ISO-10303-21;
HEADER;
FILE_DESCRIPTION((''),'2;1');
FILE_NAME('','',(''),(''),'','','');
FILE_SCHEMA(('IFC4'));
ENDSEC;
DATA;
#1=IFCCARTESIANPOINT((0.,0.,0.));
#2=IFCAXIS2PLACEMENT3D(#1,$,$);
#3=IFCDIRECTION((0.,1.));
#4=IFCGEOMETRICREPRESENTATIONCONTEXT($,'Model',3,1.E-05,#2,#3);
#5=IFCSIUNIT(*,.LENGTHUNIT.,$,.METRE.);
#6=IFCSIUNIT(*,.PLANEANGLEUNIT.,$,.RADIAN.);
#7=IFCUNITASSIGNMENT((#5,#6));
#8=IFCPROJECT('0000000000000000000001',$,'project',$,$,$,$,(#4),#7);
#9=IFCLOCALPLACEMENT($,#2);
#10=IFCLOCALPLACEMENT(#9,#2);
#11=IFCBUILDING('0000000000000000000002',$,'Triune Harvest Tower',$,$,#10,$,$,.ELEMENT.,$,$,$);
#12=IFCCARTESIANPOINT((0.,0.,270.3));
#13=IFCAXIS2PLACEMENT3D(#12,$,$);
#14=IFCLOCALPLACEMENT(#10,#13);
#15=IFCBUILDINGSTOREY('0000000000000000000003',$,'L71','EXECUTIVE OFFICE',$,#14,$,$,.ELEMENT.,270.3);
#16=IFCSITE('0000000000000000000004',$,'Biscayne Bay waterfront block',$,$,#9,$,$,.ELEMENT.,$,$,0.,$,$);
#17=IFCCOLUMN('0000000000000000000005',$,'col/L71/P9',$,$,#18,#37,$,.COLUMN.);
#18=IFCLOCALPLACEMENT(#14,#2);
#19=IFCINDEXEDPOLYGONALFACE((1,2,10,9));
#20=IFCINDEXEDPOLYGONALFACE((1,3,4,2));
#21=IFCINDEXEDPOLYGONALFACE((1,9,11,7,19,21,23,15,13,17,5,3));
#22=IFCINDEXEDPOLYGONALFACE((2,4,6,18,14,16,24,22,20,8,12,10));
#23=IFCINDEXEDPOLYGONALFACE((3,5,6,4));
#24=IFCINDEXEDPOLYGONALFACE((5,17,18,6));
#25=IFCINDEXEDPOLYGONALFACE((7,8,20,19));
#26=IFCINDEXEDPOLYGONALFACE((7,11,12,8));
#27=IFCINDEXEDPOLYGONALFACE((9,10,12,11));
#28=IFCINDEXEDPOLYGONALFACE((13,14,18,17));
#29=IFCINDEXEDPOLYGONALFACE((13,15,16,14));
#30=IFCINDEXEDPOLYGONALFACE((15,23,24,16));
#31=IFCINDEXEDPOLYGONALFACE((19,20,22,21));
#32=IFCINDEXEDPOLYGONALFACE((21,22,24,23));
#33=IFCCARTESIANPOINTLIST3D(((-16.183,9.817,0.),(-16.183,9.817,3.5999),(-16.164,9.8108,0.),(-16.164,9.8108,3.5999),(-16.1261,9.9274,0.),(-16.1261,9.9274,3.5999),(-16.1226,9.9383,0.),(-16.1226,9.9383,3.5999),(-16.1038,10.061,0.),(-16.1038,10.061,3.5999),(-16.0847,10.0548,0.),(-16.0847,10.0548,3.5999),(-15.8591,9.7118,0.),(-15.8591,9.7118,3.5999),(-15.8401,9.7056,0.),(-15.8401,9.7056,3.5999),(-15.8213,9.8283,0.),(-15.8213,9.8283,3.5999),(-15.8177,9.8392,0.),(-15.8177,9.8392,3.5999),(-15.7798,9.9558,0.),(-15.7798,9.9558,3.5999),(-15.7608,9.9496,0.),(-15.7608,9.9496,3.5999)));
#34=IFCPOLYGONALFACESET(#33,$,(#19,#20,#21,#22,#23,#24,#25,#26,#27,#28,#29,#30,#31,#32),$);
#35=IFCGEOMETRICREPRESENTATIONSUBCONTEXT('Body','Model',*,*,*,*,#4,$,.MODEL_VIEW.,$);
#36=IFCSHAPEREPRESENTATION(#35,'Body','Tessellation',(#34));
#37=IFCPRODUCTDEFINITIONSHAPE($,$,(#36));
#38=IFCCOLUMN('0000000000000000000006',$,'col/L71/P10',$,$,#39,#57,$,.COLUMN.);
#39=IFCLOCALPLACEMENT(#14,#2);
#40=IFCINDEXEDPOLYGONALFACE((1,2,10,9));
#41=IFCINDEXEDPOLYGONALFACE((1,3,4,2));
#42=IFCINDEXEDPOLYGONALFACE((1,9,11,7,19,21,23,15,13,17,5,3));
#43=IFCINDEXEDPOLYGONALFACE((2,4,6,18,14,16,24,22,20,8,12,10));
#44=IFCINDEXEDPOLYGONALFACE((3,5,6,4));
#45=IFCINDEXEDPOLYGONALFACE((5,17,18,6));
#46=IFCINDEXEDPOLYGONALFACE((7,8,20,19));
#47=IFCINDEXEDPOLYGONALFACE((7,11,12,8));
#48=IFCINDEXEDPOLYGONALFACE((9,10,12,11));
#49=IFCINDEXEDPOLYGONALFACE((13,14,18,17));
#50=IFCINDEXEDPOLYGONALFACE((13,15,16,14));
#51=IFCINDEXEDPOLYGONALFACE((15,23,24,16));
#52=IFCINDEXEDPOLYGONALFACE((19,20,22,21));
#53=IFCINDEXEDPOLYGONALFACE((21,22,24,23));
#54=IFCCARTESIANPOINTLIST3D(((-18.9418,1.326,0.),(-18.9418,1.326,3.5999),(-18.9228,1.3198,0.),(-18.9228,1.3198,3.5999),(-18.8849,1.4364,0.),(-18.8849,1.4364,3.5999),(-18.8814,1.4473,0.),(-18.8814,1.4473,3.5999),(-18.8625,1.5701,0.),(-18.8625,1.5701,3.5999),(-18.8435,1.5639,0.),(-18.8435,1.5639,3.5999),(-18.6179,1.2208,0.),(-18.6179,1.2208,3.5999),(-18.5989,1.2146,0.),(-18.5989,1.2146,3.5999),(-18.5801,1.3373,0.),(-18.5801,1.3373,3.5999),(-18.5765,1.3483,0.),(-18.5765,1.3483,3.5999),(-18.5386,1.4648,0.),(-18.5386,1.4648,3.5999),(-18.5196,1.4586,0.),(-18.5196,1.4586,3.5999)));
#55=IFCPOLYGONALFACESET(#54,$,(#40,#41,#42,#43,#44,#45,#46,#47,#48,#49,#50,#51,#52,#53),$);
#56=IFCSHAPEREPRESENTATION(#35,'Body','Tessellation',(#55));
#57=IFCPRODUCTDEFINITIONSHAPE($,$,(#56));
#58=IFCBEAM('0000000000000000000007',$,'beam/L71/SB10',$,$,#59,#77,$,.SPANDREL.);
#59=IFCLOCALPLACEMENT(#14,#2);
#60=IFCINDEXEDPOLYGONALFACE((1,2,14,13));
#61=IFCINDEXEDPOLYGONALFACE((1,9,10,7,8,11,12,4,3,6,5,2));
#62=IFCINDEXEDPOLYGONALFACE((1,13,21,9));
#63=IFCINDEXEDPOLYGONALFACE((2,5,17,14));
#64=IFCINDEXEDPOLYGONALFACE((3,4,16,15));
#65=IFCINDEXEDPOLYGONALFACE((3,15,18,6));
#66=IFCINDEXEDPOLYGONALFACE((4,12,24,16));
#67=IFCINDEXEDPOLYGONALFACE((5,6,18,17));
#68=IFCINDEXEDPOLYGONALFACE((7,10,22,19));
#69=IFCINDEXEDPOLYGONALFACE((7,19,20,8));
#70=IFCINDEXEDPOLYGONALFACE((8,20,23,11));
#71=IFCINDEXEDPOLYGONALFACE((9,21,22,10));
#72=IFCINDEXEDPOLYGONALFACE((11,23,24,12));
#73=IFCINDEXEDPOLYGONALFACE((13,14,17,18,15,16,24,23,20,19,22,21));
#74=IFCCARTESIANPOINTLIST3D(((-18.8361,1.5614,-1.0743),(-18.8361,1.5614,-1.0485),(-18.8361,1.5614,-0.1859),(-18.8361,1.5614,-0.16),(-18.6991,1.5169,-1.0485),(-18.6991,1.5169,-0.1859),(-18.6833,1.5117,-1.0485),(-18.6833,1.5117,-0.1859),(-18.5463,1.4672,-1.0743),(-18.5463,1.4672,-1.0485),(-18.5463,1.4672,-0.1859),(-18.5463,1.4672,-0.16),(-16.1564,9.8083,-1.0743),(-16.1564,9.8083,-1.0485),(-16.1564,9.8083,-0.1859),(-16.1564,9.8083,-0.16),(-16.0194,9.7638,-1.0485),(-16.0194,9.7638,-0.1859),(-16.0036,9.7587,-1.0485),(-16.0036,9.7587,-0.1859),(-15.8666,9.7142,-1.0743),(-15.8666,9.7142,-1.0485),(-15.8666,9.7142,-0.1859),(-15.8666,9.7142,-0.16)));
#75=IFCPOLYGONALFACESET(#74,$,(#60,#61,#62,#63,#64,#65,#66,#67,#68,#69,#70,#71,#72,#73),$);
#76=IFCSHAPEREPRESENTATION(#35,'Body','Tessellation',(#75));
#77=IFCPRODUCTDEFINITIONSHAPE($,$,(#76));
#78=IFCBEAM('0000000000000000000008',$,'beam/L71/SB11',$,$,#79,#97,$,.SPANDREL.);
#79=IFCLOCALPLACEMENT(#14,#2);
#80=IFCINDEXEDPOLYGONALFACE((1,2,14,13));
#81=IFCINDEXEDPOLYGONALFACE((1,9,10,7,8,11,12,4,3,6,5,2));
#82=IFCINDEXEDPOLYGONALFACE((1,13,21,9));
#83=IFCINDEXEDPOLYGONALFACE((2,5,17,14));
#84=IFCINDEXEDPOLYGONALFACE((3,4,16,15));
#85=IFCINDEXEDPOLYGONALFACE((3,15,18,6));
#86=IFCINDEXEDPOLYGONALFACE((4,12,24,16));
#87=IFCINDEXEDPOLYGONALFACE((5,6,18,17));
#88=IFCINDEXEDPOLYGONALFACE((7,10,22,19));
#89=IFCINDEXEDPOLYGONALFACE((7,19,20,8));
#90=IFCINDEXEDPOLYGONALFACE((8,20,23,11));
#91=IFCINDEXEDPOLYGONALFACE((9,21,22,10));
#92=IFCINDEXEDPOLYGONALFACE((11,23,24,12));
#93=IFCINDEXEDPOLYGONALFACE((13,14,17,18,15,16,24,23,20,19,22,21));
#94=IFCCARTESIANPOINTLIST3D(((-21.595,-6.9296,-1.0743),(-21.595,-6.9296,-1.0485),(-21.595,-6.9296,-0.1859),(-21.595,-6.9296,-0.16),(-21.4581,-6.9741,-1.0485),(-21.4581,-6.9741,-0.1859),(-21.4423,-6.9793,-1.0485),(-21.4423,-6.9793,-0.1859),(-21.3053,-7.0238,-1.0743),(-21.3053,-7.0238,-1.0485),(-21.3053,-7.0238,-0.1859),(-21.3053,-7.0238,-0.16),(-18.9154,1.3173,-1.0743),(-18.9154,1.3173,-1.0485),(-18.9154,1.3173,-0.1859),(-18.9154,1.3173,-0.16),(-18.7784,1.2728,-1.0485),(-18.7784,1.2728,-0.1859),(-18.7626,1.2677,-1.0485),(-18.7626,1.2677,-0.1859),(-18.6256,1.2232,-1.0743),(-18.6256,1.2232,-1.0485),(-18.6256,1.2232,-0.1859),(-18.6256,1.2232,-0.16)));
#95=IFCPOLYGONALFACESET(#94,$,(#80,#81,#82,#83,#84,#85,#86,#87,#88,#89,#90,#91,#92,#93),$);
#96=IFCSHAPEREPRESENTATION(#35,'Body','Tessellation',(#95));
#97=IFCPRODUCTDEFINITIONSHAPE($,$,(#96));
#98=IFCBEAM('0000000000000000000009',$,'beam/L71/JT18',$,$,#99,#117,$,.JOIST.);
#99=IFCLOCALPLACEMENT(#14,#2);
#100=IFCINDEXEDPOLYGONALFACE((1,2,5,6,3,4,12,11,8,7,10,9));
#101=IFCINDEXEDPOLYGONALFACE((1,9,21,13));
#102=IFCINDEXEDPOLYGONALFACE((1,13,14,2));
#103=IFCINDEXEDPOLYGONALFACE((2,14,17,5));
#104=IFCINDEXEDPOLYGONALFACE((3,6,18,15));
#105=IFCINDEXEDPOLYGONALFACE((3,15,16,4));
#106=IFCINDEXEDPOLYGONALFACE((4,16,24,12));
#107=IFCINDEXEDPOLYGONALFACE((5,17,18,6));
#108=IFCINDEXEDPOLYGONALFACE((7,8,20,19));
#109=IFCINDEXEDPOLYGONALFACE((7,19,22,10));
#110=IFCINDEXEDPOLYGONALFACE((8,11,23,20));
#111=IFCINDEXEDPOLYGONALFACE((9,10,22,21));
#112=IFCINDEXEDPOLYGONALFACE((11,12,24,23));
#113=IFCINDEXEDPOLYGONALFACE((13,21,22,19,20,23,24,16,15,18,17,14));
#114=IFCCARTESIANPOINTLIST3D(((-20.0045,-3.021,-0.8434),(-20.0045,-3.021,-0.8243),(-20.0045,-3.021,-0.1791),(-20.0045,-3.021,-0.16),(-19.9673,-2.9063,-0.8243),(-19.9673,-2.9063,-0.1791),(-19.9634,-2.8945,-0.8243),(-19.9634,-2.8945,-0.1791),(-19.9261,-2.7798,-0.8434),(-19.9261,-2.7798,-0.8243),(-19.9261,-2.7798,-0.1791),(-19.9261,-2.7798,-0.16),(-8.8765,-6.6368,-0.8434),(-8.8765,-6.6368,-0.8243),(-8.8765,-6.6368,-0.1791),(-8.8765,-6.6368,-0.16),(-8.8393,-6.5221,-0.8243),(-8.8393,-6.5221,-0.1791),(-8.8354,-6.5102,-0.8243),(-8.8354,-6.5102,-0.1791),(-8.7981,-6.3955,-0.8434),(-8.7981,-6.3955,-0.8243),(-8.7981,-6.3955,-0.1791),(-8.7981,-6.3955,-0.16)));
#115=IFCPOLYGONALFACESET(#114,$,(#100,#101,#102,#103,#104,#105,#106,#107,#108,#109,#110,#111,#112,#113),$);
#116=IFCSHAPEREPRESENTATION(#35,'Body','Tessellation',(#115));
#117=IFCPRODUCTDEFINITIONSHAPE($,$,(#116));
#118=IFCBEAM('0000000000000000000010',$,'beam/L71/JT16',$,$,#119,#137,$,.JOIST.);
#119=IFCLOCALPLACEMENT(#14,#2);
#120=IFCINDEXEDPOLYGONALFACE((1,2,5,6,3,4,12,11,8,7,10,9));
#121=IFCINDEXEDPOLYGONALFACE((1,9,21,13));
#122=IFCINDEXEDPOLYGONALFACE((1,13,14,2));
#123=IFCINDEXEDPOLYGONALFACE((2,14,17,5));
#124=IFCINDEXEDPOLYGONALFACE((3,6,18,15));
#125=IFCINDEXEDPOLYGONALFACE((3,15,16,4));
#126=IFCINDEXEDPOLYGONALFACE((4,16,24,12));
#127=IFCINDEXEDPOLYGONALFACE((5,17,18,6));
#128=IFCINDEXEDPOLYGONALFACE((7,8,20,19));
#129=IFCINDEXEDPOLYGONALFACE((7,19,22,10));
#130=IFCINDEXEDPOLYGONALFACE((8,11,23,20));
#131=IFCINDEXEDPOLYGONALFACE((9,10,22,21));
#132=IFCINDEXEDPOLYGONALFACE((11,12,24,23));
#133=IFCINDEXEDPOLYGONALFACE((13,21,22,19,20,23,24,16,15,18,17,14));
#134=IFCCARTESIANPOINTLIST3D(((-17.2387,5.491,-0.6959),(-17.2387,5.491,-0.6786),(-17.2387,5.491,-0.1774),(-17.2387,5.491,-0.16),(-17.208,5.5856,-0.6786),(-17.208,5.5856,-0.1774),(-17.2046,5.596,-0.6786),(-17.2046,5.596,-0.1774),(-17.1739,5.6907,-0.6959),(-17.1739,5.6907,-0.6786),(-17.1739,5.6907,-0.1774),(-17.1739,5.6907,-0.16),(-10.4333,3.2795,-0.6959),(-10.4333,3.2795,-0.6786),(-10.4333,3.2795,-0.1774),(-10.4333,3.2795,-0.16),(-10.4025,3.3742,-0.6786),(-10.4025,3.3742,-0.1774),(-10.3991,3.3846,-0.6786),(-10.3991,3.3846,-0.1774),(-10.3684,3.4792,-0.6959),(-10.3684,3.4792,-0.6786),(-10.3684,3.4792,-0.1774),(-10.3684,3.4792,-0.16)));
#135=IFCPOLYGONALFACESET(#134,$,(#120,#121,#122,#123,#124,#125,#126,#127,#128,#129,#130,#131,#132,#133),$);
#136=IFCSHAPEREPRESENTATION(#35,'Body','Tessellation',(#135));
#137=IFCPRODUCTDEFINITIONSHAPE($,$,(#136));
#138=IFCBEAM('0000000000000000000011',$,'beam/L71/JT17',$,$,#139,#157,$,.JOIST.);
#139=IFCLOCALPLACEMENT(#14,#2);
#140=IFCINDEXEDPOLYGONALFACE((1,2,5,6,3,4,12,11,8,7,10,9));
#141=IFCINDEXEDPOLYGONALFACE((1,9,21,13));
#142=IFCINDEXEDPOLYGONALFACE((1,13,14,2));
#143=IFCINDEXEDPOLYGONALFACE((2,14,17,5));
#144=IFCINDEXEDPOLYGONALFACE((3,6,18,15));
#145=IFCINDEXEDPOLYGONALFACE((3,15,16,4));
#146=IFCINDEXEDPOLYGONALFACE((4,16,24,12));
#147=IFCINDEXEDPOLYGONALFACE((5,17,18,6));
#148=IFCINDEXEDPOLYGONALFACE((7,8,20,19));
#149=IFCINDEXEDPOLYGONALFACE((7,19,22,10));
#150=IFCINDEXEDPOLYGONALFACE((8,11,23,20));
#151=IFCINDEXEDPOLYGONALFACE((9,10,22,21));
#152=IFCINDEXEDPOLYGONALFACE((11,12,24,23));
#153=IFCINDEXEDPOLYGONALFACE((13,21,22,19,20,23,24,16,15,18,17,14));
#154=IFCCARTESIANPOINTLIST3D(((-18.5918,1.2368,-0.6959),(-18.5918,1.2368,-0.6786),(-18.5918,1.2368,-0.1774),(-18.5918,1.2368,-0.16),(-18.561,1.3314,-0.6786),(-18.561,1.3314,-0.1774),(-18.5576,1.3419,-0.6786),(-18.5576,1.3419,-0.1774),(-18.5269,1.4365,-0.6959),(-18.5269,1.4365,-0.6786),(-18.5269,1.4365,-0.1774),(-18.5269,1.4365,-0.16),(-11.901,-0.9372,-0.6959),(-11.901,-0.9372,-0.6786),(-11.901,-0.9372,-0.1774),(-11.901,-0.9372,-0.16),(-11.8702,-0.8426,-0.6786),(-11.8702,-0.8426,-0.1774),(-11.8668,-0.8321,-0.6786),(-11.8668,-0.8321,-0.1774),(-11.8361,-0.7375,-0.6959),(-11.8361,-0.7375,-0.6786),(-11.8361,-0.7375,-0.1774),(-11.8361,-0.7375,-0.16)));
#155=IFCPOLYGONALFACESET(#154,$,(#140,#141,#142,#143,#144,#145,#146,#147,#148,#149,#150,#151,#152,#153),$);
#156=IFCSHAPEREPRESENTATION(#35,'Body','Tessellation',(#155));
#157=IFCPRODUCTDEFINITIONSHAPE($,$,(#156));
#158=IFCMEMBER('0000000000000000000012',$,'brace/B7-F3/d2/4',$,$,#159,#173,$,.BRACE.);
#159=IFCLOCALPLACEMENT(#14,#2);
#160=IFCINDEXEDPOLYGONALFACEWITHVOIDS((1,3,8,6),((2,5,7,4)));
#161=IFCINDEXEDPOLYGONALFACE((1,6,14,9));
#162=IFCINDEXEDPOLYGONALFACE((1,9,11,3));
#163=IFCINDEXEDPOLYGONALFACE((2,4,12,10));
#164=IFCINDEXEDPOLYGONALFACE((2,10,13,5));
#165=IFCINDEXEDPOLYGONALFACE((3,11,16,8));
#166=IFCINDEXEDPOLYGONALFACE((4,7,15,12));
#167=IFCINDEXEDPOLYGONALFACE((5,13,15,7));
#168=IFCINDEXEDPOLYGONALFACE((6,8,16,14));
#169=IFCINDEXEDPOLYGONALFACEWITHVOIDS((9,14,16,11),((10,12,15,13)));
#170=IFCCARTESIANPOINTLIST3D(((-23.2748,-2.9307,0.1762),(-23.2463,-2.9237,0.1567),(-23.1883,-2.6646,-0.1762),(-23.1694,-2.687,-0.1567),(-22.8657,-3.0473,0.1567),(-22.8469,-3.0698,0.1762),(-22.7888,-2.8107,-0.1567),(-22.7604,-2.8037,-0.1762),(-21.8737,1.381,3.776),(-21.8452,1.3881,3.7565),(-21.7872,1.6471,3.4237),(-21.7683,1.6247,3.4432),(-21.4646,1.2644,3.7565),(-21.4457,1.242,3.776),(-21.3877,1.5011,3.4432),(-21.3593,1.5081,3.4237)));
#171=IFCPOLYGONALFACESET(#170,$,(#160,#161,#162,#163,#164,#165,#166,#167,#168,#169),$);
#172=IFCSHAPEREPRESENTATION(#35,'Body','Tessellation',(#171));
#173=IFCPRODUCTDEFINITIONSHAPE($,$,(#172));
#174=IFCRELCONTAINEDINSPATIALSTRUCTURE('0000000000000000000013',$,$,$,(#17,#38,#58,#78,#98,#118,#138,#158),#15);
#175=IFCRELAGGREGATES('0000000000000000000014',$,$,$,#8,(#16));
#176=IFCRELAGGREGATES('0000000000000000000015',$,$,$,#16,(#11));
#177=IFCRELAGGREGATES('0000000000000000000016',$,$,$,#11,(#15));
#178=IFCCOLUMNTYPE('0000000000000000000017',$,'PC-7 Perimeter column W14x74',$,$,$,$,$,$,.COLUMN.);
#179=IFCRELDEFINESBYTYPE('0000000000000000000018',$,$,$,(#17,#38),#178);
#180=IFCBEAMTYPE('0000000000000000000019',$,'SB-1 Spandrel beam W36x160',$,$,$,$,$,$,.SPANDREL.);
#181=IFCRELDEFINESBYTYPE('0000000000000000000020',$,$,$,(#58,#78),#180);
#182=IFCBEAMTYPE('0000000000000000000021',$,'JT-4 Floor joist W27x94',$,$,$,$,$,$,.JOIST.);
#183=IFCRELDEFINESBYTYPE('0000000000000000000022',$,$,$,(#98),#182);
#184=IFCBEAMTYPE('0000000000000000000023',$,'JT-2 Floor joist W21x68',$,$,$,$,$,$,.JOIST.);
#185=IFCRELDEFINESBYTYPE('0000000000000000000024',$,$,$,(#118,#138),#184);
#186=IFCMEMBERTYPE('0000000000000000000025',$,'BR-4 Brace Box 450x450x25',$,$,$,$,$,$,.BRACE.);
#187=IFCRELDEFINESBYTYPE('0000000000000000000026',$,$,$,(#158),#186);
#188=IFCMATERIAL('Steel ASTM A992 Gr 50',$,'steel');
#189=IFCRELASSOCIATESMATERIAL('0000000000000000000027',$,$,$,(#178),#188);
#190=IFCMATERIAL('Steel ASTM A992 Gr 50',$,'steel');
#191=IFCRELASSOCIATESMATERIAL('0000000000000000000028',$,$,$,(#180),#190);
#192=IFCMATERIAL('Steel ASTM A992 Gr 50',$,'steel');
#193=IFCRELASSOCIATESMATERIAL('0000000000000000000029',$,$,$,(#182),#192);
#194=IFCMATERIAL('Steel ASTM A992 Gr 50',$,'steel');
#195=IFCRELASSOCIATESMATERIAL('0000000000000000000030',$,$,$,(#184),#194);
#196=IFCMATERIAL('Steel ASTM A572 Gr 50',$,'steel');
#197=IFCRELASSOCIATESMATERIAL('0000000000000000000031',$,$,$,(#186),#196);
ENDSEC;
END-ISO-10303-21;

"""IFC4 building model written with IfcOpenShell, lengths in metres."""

from ifc_helpers import new_model, si_unit, direction, frame, origin, origin_2d, place, context, subcontext, project, spatial, hollow_rectangle, i_section, extrude, source, transform, mapped, material, material_profile, profile_set, type_object, element, save


model = new_model("IFC4")

# Units and contexts
model_context = context("Model", 3, precision=1e-05, world=origin(), true_north=direction((0.0, 1.0)))
body_context = subcontext(model_context, "Body", "Model", "MODEL_VIEW")
ifc_project = project(units=[si_unit("LENGTHUNIT", "METRE"), si_unit("PLANEANGLEUNIT", "RADIAN")], contexts=[model_context])

# Site, building, storey
site_placement = place(None, origin())
site = spatial("IfcSite", under=ifc_project, at=site_placement, Name="Biscayne Bay waterfront block", CompositionType="ELEMENT", RefElevation=0.0)
building_placement = place(site_placement, origin())
building = spatial("IfcBuilding", under=site, at=building_placement, Name="Triune Harvest Tower", CompositionType="ELEMENT")
storey_placement = place(building_placement, frame((0.0, 0.0, 270.3)))
storey = spatial("IfcBuildingStorey", under=building, at=storey_placement, Name="L71", Description="EXECUTIVE OFFICE", CompositionType="ELEMENT", Elevation=270.3)

# Columns
ifc_material_1 = material(Name="Steel ASTM A992 Gr 50", Category="steel")
ifc_material_profile_1 = material_profile(ifc_material_1, i_section(OverallWidth=0.2566, OverallDepth=0.3606, WebThickness=0.0115, FlangeThickness=0.02, at=origin_2d()), Name="W14x74")
ifc_profile_set_1 = profile_set([ifc_material_profile_1], Name="Steel ASTM A992 Gr 50")
column_type = type_object("IfcColumnType", Name="PC-7 Perimeter column W14x74", PredefinedType="COLUMN", material=ifc_profile_set_1)
shared_shape_1 = source(origin(), body_context, "Body", "SweptSolid", [
    extrude(i_section(OverallWidth=0.2566, OverallDepth=0.3606, WebThickness=0.0115, FlangeThickness=0.02, at=origin_2d()), origin(), (0.0, 0.0, 1.0), 3.5999),
])
for number, where, z_axis, x_axis, name in (
    (1, (-15.9719, 9.8833, 0.0), (0.0, 0.0, 1.0), (-0.309015, -0.951057, 0.0), "col/L71/P9"),
    (2, (-18.7307, 1.3923, 0.0), (0.0, 0.0, 1.0), (-0.309015, -0.951057, 0.0), "col/L71/P10"),
):
    element("IfcColumn", number, at=place(storey_placement, frame(where, z_axis=z_axis, x_axis=x_axis)), inside=storey, type_object=column_type, Name=name, PredefinedType="COLUMN", context=body_context, shape_type="MappedRepresentation", body=[
        mapped(shared_shape_1, transform((0.0, 0.0, 0.0), scale=1.0)),
    ])

# Beams
ifc_material_2 = material(Name="Steel ASTM A992 Gr 50", Category="steel")
ifc_material_profile_2 = material_profile(ifc_material_2, i_section(OverallWidth=0.3047, OverallDepth=0.9143, WebThickness=0.0166, FlangeThickness=0.0259, at=origin_2d()), Name="W36x160")
ifc_profile_set_2 = profile_set([ifc_material_profile_2], Name="Steel ASTM A992 Gr 50")
beam_type_1 = type_object("IfcBeamType", Name="SB-1 Spandrel beam W36x160", PredefinedType="SPANDREL", material=ifc_profile_set_2)
shared_shape_2 = source(origin(), body_context, "Body", "SweptSolid", [
    extrude(i_section(OverallWidth=0.3047, OverallDepth=0.9143, WebThickness=0.0166, FlangeThickness=0.0259, at=origin_2d()), origin(), (0.0, 0.0, 1.0), 8.6714),
])
for number, where, z_axis, x_axis, name in (
    (3, (-16.0115, 9.7612, -0.6172), (-0.309031, -0.951052, 0.0), (0.951052, -0.309031, 0.0), "beam/L71/SB10"),
    (4, (-18.7705, 1.2703, -0.6172), (-0.309022, -0.951055, 0.0), (0.951055, -0.309022, 0.0), "beam/L71/SB11"),
):
    element("IfcBeam", number, at=place(storey_placement, frame(where, z_axis=z_axis, x_axis=x_axis)), inside=storey, type_object=beam_type_1, Name=name, PredefinedType="SPANDREL", context=body_context, shape_type="MappedRepresentation", body=[
        mapped(shared_shape_2, transform((0.0, 0.0, 0.0), scale=1.0)),
    ])
ifc_material_3 = material(Name="Steel ASTM A992 Gr 50", Category="steel")
ifc_material_profile_3 = material_profile(ifc_material_3, i_section(OverallWidth=0.2537, OverallDepth=0.6833, WebThickness=0.0125, FlangeThickness=0.019, at=origin_2d()), Name="W27x94")
ifc_profile_set_3 = profile_set([ifc_material_profile_3], Name="Steel ASTM A992 Gr 50")
beam_type_2 = type_object("IfcBeamType", Name="JT-4 Floor joist W27x94", PredefinedType="JOIST", material=ifc_profile_set_3)
shared_shape_3 = source(origin(), body_context, "Body", "SweptSolid", [
    extrude(i_section(OverallWidth=0.2537, OverallDepth=0.6833, WebThickness=0.0125, FlangeThickness=0.019, at=origin_2d()), origin(), (0.0, 0.0, 1.0), 11.7007),
])
beam_1_placement = place(storey_placement, frame((-19.9653, -2.9004, -0.5017), z_axis=(0.951056, -0.30902, 0.0), x_axis=(0.30902, 0.951056, 0.0)))
element("IfcBeam", 5, at=beam_1_placement, inside=storey, type_object=beam_type_2, Name="beam/L71/JT18", PredefinedType="JOIST", context=body_context, shape_type="MappedRepresentation", body=[
    mapped(shared_shape_3, transform((0.0, 0.0, 0.0), scale=1.0)),
])
ifc_material_4 = material(Name="Steel ASTM A992 Gr 50", Category="steel")
ifc_material_profile_4 = material_profile(ifc_material_4, i_section(OverallWidth=0.21, OverallDepth=0.5359, WebThickness=0.011, FlangeThickness=0.0173, at=origin_2d()), Name="W21x68")
ifc_profile_set_4 = profile_set([ifc_material_profile_4], Name="Steel ASTM A992 Gr 50")
beam_type_3 = type_object("IfcBeamType", Name="JT-2 Floor joist W21x68", PredefinedType="JOIST", material=ifc_profile_set_4)
shared_shape_4 = source(origin(), body_context, "Body", "SweptSolid", [
    extrude(i_section(OverallWidth=0.21, OverallDepth=0.5359, WebThickness=0.011, FlangeThickness=0.0173, at=origin_2d()), origin(), (0.0, 0.0, 1.0), 7.1558),
])
beam_2_placement = place(storey_placement, frame((-17.2063, 5.5908, -0.428), z_axis=(0.951048, -0.309044, 0.0), x_axis=(0.309044, 0.951048, 0.0)))
element("IfcBeam", 6, at=beam_2_placement, inside=storey, type_object=beam_type_3, Name="beam/L71/JT16", PredefinedType="JOIST", context=body_context, shape_type="MappedRepresentation", body=[
    mapped(shared_shape_4, transform((0.0, 0.0, 0.0), scale=1.0)),
])
shared_shape_5 = source(origin(), body_context, "Body", "SweptSolid", [
    extrude(i_section(OverallWidth=0.21, OverallDepth=0.5359, WebThickness=0.011, FlangeThickness=0.0173, at=origin_2d()), origin(), (0.0, 0.0, 1.0), 7.0352),
])
beam_3_placement = place(storey_placement, frame((-18.5593, 1.3367, -0.428), z_axis=(0.951054, -0.309025, 0.0), x_axis=(0.309025, 0.951054, 0.0)))
element("IfcBeam", 7, at=beam_3_placement, inside=storey, type_object=beam_type_3, Name="beam/L71/JT17", PredefinedType="JOIST", context=body_context, shape_type="MappedRepresentation", body=[
    mapped(shared_shape_5, transform((0.0, 0.0, 0.0), scale=1.0)),
])

# Member
ifc_material_5 = material(Name="Steel ASTM A572 Gr 50", Category="steel")
ifc_material_profile_5 = material_profile(ifc_material_5, hollow_rectangle(XDim=0.45, YDim=0.45, WallThickness=0.0249, at=origin_2d()), Name="Box 450x450x25")
ifc_profile_set_5 = profile_set([ifc_material_profile_5], Name="Steel ASTM A572 Gr 50")
member_type_1 = type_object("IfcMemberType", Name="BR-4 Brace Box 450x450x25", PredefinedType="BRACE", material=ifc_profile_set_5)
shared_shape_6 = source(origin(), body_context, "Body", "SweptSolid", [
    extrude(hollow_rectangle(XDim=0.45, YDim=0.45, WallThickness=0.0249, at=origin_2d()), origin(), (0.0, 0.0, 1.0), 5.7891),
])
member_1_placement = place(storey_placement, frame((-23.0176, -2.8672, 0.0), z_axis=(0.242029, 0.744811, 0.621835), x_axis=(-0.951047, 0.309046, 0.0)))
element("IfcMember", 8, at=member_1_placement, inside=storey, type_object=member_type_1, Name="brace/B7-F3/d2/4", PredefinedType="BRACE", context=body_context, shape_type="MappedRepresentation", body=[
    mapped(shared_shape_6, transform((0.0, 0.0, 0.0), scale=1.0)),
])

save(model, "model.ifc")
